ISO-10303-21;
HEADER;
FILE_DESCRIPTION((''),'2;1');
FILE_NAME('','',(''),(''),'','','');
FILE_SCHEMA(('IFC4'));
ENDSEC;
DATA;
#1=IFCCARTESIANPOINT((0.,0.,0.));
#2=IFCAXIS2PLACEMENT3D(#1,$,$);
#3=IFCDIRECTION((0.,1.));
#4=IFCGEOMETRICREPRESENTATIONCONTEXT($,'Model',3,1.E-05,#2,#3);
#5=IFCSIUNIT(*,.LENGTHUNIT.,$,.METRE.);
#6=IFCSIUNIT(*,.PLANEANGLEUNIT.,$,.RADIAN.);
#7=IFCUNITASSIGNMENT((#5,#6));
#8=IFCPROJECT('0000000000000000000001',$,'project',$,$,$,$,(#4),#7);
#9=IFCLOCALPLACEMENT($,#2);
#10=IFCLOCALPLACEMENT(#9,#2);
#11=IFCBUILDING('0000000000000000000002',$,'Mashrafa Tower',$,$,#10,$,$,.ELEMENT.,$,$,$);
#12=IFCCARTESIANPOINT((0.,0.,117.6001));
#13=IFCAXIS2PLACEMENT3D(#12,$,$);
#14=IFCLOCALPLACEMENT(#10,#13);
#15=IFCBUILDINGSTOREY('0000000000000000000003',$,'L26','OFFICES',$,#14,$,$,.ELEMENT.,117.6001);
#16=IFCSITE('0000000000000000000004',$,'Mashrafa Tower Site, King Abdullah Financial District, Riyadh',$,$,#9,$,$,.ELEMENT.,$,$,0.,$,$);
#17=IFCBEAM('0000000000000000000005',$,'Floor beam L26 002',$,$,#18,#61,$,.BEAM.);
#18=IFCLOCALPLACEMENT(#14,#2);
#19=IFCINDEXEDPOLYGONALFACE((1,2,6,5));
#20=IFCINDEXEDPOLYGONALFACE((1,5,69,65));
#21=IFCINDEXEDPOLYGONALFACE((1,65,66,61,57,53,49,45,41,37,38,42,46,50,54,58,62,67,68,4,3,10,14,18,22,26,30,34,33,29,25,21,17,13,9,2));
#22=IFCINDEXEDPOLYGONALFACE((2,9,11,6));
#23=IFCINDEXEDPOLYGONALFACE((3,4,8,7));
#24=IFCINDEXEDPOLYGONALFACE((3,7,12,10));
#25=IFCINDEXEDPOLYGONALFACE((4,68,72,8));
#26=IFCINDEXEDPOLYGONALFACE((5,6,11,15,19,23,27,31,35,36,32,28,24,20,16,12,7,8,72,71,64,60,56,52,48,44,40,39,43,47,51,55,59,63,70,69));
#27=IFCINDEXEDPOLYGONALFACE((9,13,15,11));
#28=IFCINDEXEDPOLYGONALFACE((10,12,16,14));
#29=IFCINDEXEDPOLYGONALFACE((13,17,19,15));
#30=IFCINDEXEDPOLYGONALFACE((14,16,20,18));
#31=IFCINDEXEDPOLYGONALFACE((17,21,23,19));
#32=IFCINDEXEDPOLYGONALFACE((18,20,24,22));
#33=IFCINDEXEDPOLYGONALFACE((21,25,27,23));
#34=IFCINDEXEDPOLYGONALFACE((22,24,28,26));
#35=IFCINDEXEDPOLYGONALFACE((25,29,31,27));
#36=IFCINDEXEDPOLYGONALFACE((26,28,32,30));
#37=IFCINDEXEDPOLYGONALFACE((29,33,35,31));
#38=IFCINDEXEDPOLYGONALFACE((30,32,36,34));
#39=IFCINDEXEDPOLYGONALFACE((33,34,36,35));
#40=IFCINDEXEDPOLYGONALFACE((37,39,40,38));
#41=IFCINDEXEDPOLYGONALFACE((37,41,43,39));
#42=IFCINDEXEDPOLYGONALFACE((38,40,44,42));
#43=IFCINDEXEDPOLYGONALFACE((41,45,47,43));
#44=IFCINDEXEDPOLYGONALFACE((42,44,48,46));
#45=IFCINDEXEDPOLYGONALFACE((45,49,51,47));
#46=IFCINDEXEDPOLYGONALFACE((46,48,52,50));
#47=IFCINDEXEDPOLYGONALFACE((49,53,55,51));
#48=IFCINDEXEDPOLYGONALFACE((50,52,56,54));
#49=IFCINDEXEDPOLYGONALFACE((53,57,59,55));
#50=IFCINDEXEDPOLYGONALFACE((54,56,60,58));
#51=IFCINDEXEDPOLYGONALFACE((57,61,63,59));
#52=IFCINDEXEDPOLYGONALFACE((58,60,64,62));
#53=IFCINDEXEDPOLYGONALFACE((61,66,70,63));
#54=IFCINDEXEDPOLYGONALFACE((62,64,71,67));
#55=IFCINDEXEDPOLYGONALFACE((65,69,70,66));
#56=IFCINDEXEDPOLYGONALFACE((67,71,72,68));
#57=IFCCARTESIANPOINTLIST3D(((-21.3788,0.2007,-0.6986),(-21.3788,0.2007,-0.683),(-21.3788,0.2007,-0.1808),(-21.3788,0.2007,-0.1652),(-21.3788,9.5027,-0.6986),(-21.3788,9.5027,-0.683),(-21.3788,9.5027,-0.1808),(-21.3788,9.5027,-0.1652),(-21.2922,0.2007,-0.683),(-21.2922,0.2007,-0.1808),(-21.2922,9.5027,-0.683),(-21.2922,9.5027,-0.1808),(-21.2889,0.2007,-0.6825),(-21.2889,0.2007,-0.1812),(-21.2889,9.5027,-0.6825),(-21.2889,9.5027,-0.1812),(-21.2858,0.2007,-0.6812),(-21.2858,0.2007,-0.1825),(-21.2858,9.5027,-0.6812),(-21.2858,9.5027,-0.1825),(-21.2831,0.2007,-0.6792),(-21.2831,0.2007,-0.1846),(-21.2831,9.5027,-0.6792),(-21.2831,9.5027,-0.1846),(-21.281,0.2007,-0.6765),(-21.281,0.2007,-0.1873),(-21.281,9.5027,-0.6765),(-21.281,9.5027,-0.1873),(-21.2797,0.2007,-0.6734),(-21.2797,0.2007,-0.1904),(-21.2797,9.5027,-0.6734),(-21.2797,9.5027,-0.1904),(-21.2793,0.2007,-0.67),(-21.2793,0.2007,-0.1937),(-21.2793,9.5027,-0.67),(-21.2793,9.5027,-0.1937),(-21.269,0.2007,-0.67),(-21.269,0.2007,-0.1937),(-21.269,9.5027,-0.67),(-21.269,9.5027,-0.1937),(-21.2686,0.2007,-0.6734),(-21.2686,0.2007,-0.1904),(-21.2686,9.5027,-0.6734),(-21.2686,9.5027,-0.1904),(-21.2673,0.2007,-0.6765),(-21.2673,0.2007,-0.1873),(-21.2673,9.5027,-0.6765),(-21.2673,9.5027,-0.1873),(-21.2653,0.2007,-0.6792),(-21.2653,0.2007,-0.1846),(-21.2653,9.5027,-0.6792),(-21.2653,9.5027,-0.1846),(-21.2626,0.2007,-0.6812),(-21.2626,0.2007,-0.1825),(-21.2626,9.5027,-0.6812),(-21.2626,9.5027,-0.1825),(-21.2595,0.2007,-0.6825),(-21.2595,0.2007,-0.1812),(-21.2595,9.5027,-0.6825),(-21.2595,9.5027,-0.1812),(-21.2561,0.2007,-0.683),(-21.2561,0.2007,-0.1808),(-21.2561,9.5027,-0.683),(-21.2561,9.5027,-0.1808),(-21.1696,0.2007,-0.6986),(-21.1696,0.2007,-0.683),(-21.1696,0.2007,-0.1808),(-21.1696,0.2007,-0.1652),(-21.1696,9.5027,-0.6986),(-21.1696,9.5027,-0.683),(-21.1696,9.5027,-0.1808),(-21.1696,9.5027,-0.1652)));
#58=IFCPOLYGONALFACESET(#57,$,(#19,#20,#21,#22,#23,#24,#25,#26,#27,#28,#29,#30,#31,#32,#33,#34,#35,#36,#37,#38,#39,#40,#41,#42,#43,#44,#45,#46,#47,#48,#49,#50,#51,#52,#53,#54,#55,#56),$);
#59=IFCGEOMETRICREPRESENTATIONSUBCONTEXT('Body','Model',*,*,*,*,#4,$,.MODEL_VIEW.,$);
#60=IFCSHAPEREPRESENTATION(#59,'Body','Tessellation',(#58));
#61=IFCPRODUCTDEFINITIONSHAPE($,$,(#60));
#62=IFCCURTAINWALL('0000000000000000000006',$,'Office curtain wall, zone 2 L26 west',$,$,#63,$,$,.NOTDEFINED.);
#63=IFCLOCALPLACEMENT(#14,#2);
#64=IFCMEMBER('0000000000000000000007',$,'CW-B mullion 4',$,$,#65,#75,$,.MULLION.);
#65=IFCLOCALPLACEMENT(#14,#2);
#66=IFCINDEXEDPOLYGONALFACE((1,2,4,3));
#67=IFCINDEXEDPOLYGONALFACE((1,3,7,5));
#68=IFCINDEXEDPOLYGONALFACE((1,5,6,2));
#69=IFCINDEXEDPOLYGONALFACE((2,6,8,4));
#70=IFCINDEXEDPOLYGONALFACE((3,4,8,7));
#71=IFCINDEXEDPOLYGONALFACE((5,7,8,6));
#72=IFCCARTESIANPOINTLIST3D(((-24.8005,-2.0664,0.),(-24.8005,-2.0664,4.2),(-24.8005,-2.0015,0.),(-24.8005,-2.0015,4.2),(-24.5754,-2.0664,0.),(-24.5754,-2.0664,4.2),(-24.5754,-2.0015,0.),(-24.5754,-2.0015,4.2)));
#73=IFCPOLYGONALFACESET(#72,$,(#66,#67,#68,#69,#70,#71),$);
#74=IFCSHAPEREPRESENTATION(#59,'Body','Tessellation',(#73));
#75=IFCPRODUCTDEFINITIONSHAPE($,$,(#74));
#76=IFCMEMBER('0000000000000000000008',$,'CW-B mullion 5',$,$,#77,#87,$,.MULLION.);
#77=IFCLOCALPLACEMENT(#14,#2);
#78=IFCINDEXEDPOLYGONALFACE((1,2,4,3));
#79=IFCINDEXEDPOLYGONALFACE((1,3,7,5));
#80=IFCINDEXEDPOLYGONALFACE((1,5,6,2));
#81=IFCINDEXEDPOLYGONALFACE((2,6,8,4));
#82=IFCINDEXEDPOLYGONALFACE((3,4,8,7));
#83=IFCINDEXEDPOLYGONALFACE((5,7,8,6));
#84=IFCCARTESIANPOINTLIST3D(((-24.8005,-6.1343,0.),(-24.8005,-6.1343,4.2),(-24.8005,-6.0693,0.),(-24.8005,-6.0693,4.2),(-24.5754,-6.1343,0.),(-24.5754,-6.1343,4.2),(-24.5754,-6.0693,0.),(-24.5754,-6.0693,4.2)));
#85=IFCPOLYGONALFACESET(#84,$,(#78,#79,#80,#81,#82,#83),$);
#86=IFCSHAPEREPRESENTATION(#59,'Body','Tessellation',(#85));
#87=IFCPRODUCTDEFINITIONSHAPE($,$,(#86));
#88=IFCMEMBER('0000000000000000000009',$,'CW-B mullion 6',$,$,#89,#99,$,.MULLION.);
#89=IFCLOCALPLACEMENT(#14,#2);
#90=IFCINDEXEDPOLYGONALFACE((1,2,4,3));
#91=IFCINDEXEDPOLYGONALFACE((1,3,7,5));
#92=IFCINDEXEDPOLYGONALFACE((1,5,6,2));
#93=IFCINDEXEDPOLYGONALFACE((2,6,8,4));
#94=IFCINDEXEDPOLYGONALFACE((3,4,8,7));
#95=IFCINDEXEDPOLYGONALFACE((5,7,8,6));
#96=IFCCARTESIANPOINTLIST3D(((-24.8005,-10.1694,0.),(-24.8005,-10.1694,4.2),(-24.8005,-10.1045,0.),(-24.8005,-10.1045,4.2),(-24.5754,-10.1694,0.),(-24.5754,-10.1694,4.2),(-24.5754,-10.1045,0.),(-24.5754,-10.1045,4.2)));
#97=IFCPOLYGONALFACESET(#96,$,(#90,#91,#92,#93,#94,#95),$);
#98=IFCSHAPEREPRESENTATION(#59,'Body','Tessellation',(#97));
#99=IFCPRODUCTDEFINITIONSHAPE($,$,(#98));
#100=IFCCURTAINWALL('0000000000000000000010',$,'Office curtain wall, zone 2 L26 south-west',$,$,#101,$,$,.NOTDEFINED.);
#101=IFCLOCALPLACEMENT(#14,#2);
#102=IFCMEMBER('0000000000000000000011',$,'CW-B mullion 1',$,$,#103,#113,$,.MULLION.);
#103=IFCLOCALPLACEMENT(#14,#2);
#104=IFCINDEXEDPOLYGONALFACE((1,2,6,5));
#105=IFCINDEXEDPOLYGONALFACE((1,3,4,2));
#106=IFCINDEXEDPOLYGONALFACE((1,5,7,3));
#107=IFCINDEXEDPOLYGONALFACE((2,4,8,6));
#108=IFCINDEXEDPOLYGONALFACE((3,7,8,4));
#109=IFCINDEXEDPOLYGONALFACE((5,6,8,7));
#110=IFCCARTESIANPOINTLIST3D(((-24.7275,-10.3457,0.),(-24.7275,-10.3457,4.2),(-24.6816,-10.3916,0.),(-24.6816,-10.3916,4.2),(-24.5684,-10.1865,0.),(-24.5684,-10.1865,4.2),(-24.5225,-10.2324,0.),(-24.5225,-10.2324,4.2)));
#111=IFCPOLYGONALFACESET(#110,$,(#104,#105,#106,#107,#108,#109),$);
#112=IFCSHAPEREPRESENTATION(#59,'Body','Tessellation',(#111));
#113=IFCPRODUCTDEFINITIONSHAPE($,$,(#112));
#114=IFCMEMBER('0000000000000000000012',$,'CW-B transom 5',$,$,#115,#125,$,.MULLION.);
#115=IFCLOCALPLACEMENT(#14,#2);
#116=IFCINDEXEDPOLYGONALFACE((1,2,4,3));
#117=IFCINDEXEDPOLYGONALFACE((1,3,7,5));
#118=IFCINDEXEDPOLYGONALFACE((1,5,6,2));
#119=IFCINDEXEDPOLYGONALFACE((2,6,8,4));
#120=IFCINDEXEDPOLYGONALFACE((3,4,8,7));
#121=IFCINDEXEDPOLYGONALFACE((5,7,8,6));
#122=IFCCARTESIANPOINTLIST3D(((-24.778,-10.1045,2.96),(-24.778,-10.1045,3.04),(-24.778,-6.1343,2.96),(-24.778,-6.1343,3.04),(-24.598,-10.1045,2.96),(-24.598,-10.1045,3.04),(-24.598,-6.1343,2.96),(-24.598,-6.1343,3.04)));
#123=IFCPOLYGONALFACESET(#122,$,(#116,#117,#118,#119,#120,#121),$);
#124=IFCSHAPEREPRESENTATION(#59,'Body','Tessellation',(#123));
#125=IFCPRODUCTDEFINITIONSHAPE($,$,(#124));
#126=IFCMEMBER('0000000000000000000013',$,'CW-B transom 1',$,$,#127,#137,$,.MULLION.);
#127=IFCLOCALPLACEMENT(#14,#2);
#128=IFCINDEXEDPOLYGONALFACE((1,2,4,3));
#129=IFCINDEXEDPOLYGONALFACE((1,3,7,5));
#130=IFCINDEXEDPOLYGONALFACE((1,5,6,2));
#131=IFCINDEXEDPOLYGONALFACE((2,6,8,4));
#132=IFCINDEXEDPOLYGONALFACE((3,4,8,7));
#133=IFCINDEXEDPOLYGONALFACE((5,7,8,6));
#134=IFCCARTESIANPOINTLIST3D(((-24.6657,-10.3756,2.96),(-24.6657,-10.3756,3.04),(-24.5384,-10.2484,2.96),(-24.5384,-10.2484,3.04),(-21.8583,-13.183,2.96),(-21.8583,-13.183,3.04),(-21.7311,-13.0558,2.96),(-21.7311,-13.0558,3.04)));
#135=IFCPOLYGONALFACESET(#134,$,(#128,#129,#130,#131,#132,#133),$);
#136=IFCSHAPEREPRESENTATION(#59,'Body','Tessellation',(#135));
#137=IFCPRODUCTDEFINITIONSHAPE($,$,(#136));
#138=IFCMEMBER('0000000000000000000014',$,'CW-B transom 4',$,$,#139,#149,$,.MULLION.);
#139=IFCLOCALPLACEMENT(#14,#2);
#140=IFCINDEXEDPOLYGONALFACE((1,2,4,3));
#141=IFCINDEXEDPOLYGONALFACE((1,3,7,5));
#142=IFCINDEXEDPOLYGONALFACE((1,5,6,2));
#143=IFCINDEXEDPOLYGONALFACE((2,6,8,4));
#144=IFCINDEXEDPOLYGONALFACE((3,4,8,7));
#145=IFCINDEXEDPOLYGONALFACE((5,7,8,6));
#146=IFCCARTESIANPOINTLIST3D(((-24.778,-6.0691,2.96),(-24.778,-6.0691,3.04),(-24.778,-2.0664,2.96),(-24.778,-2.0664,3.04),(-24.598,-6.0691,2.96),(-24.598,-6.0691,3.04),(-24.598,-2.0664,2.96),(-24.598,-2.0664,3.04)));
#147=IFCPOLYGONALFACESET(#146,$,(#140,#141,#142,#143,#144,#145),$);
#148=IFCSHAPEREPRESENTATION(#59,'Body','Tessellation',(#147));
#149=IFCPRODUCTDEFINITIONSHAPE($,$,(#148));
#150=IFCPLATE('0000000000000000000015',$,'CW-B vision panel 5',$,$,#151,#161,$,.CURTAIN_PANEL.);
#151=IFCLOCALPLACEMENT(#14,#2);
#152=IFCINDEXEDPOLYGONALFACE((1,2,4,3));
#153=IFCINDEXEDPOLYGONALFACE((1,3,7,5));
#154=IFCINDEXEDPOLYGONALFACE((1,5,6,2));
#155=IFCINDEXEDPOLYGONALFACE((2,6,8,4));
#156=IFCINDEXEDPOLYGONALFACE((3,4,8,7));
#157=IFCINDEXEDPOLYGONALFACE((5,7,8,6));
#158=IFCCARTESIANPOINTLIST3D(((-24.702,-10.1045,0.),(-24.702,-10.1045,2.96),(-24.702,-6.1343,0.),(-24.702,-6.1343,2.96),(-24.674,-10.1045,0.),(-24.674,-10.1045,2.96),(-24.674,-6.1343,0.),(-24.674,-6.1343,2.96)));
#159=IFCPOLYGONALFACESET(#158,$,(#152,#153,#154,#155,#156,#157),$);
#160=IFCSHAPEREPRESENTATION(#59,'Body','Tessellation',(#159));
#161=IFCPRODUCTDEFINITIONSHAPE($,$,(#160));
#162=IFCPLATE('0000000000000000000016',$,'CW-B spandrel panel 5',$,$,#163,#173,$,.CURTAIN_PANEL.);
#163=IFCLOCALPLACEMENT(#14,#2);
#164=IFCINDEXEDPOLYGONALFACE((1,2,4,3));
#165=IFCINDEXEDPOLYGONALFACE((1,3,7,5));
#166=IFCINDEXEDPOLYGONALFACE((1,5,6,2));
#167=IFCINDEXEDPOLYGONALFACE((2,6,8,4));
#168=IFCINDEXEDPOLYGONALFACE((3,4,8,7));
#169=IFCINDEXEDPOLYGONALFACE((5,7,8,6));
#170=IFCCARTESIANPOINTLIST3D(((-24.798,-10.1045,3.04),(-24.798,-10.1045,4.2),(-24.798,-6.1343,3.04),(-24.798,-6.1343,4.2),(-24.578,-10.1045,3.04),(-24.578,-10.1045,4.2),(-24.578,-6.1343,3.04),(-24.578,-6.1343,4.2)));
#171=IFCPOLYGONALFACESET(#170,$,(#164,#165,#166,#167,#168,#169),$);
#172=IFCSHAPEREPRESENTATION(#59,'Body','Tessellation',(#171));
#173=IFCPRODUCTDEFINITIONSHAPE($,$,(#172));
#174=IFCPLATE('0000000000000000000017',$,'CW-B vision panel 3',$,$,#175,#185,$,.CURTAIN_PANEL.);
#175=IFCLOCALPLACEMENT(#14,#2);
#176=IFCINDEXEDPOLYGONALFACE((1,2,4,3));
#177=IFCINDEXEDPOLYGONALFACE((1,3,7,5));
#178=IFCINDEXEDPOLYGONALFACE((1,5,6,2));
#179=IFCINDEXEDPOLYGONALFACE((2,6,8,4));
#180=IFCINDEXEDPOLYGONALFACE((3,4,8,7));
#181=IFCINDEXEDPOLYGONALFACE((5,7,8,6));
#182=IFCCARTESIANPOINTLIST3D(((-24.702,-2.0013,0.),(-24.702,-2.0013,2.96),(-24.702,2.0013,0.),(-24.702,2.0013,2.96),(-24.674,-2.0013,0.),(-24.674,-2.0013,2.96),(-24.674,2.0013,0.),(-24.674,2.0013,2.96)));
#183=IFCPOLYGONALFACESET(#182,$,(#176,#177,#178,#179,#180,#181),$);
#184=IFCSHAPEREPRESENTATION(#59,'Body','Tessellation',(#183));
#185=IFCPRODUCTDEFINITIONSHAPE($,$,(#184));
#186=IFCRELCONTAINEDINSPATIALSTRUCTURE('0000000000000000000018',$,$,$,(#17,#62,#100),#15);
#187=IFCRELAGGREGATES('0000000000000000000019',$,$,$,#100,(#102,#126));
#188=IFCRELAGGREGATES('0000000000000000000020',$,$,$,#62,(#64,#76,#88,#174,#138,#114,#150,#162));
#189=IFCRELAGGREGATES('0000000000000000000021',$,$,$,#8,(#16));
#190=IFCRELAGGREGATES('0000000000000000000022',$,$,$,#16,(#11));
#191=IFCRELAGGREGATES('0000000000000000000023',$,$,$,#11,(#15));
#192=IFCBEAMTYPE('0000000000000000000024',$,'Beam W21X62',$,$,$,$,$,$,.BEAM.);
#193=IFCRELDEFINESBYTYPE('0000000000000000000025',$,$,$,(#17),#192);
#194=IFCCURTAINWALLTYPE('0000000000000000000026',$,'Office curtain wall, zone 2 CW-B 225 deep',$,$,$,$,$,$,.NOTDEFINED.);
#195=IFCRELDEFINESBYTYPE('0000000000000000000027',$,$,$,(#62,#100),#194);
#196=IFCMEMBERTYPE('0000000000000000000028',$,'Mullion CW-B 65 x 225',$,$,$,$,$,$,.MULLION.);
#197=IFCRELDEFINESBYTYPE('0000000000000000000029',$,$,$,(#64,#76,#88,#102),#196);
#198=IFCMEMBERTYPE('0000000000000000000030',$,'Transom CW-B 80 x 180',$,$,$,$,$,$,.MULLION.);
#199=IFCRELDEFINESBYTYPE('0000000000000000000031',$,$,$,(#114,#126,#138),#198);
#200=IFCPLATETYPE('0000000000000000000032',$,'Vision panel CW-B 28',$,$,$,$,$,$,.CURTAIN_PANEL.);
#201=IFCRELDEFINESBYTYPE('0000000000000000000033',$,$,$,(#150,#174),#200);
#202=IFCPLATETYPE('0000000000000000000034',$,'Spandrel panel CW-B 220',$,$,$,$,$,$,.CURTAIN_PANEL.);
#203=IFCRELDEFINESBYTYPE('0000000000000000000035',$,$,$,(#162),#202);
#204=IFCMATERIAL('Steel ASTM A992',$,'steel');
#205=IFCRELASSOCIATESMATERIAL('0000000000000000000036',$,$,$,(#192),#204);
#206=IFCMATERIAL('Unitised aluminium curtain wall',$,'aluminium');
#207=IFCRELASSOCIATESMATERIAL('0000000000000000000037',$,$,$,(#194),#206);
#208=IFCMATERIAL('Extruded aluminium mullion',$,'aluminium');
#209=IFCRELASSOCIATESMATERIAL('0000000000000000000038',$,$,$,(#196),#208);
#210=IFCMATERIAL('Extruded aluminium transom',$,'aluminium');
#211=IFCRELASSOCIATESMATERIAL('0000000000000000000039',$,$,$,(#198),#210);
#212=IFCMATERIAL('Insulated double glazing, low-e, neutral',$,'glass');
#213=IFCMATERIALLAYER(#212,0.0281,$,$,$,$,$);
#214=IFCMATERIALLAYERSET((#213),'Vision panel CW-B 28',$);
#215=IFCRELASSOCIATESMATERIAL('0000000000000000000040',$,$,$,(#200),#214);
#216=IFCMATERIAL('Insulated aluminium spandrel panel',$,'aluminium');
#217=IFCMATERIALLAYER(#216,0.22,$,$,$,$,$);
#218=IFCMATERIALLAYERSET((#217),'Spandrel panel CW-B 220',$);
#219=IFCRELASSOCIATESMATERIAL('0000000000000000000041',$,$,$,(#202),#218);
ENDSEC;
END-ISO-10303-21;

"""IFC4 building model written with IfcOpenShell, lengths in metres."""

from ifc_helpers import new_model, si_unit, direction, frame, origin, origin_2d, place, context, subcontext, project, spatial, rectangle, i_section, extrude, source, transform, mapped, material, layer, layer_set, material_profile, profile_set, type_object, type_shapes, element, aggregate, save


model = new_model("IFC4")

# Units and contexts
model_context = context("Model", 3, precision=1e-05, world=origin(), true_north=direction((0.0, 1.0)))
body_context = subcontext(model_context, "Body", "Model", "MODEL_VIEW")
ifc_project = project(units=[si_unit("LENGTHUNIT", "METRE"), si_unit("PLANEANGLEUNIT", "RADIAN")], contexts=[model_context])

# Site, building, storey
site_placement = place(None, origin())
site = spatial("IfcSite", under=ifc_project, at=site_placement, Name="Mashrafa Tower Site, King Abdullah Financial District, Riyadh", CompositionType="ELEMENT", RefElevation=0.0)
building_placement = place(site_placement, origin())
building = spatial("IfcBuilding", under=site, at=building_placement, Name="Mashrafa Tower", CompositionType="ELEMENT")
storey_placement = place(building_placement, frame((0.0, 0.0, 117.6001)))
storey = spatial("IfcBuildingStorey", under=building, at=storey_placement, Name="L26", Description="OFFICES", CompositionType="ELEMENT", Elevation=117.6001)

# Beam
ifc_material_1 = material(Name="Steel ASTM A992", Category="steel")
ifc_material_profile_1 = material_profile(ifc_material_1, i_section(OverallWidth=0.2092, OverallDepth=0.5334, WebThickness=0.0103, FlangeThickness=0.0156, FilletRadius=0.0129, at=origin_2d()), Name="W21X62")
ifc_profile_set_1 = profile_set([ifc_material_profile_1], Name="Steel ASTM A992")
beam_type_1 = type_object("IfcBeamType", Name="Beam W21X62", PredefinedType="BEAM", material=ifc_profile_set_1)
for number, where, z_axis, x_axis, name in (
    (1, (-21.2742, 0.2007, -0.4319), (0.0, 1.0, 0.0), (-1.0, 0.0, 0.0), "Floor beam L26 002"),
):
    element("IfcBeam", number, at=place(storey_placement, frame(where, z_axis=z_axis, x_axis=x_axis)), inside=storey, type_object=beam_type_1, Name=name, PredefinedType="BEAM", context=body_context, shape_type="SweptSolid", body=[
        extrude(i_section(OverallWidth=0.2092, OverallDepth=0.5334, WebThickness=0.0103, FlangeThickness=0.0156, FilletRadius=0.0129, at=origin_2d()), origin(), (0.0, 0.0, 1.0), 9.302),
    ])

# Curtain wall, members
ifc_material_2 = material(Name="Unitised aluminium curtain wall", Category="aluminium")
curtain_wall_type = type_object("IfcCurtainWallType", Name="Office curtain wall, zone 2 CW-B 225 deep", PredefinedType="NOTDEFINED", material=ifc_material_2)
curtain_wall_1_placement = place(storey_placement, origin())
curtain_wall_1 = element("IfcCurtainWall", 2, at=curtain_wall_1_placement, inside=storey, type_object=curtain_wall_type, Name="Office curtain wall, zone 2 L26 west", PredefinedType="NOTDEFINED")
ifc_material_3 = material(Name="Extruded aluminium mullion", Category="aluminium")
ifc_material_profile_2 = material_profile(ifc_material_3, rectangle(XDim=0.2251, YDim=0.0649, at=origin_2d()), Name="Mullion 65x225")
ifc_profile_set_2 = profile_set([ifc_material_profile_2], Name="Extruded aluminium mullion")
member_type_1 = type_object("IfcMemberType", Name="Mullion CW-B 65 x 225", PredefinedType="MULLION", material=ifc_profile_set_2)
shared_shape_1 = source(origin(), body_context, "Body", "SweptSolid", [
    extrude(rectangle(XDim=0.2251, YDim=0.0649, at=origin_2d()), origin(), (0.0, 0.0, 1.0), 4.2),
])
type_shapes(member_type_1, [shared_shape_1])
member_1_placement = place(storey_placement, frame((-24.688, -2.0339, 0.0), z_axis=(0.0, 0.0, 1.0), x_axis=(1.0, 0.0, 0.0)))
member_1 = element("IfcMember", 3, at=member_1_placement, type_object=member_type_1, Name="CW-B mullion 4", PredefinedType="MULLION", context=body_context, shape_type="MappedRepresentation", body=[
    mapped(shared_shape_1, transform((0.0, 0.0, 0.0))),
])
member_2_placement = place(storey_placement, frame((-24.688, -6.1018, 0.0), z_axis=(0.0, 0.0, 1.0), x_axis=(1.0, 0.0, 0.0)))
member_2 = element("IfcMember", 4, at=member_2_placement, type_object=member_type_1, Name="CW-B mullion 5", PredefinedType="MULLION", context=body_context, shape_type="MappedRepresentation", body=[
    mapped(shared_shape_1, transform((0.0, 0.0, 0.0))),
])
member_3_placement = place(storey_placement, frame((-24.688, -10.137, 0.0), z_axis=(0.0, 0.0, 1.0), x_axis=(1.0, 0.0, 0.0)))
member_3 = element("IfcMember", 5, at=member_3_placement, type_object=member_type_1, Name="CW-B mullion 6", PredefinedType="MULLION", context=body_context, shape_type="MappedRepresentation", body=[
    mapped(shared_shape_1, transform((0.0, 0.0, 0.0))),
])

# Curtain wall, member
curtain_wall_2_placement = place(storey_placement, origin())
curtain_wall_2 = element("IfcCurtainWall", 6, at=curtain_wall_2_placement, inside=storey, type_object=curtain_wall_type, Name="Office curtain wall, zone 2 L26 south-west", PredefinedType="NOTDEFINED")
member_4_placement = place(storey_placement, frame((-24.625, -10.2891, 0.0), z_axis=(0.0, 0.0, 1.0), x_axis=(0.707107, 0.707107, 0.0)))
member_4 = element("IfcMember", 7, at=member_4_placement, type_object=member_type_1, Name="CW-B mullion 1", PredefinedType="MULLION", context=body_context, shape_type="MappedRepresentation", body=[
    mapped(shared_shape_1, transform((0.0, 0.0, 0.0))),
])

# Members
ifc_material_4 = material(Name="Extruded aluminium transom", Category="aluminium")
ifc_material_profile_3 = material_profile(ifc_material_4, rectangle(XDim=0.1799, YDim=0.0801, at=origin_2d()), Name="Transom 80x180")
ifc_profile_set_3 = profile_set([ifc_material_profile_3], Name="Extruded aluminium transom")
member_type_2 = type_object("IfcMemberType", Name="Transom CW-B 80 x 180", PredefinedType="MULLION", material=ifc_profile_set_3)
shared_shape_2 = source(origin(), body_context, "Body", "SweptSolid", [
    extrude(rectangle(XDim=0.1799, YDim=0.0801, at=origin_2d()), origin(), (0.0, 0.0, 1.0), 3.9702),
])
member_5_placement = place(storey_placement, frame((-24.688, -6.1343, 3.0), z_axis=(0.0, -1.0, 0.0), x_axis=(1.0, 0.0, 0.0)))
member_5 = element("IfcMember", 8, at=member_5_placement, type_object=member_type_2, Name="CW-B transom 5", PredefinedType="MULLION", context=body_context, shape_type="MappedRepresentation", body=[
    mapped(shared_shape_2, transform((0.0, 0.0, 0.0))),
])
member_6_placement = place(storey_placement, frame((-24.6021, -10.312, 3.0), z_axis=(0.707107, -0.707107, 0.0), x_axis=(0.707107, 0.707107, 0.0)))
member_6 = element("IfcMember", 9, at=member_6_placement, type_object=member_type_2, Name="CW-B transom 1", PredefinedType="MULLION", context=body_context, shape_type="MappedRepresentation", body=[
    mapped(shared_shape_2, transform((0.0, 0.0, 0.0))),
])
aggregate(curtain_wall_2, [member_4, member_6])
shared_shape_3 = source(origin(), body_context, "Body", "SweptSolid", [
    extrude(rectangle(XDim=0.1799, YDim=0.0801, at=origin_2d()), origin(), (0.0, 0.0, 1.0), 4.0027),
])
type_shapes(member_type_2, [shared_shape_2, shared_shape_3])
member_7_placement = place(storey_placement, frame((-24.688, -2.0664, 3.0), z_axis=(0.0, -1.0, 0.0), x_axis=(1.0, 0.0, 0.0)))
member_7 = element("IfcMember", 10, at=member_7_placement, type_object=member_type_2, Name="CW-B transom 4", PredefinedType="MULLION", context=body_context, shape_type="MappedRepresentation", body=[
    mapped(shared_shape_3, transform((0.0, 0.0, 0.0))),
])

# Plates
ifc_material_5 = material(Name="Insulated double glazing, low-e, neutral", Category="glass")
ifc_layer_1 = layer(ifc_material_5, 0.0281)
ifc_layer_set_1 = layer_set([ifc_layer_1], Name="Vision panel CW-B 28")
plate_type_1 = type_object("IfcPlateType", Name="Vision panel CW-B 28", PredefinedType="CURTAIN_PANEL", material=ifc_layer_set_1)
shared_shape_4 = source(origin(), body_context, "Body", "SweptSolid", [
    extrude(rectangle(XDim=3.9702, YDim=0.0281, at=origin_2d()), origin(), (0.0, 0.0, 1.0), 2.96),
])
plate_1_placement = place(storey_placement, frame((-24.688, -8.1194, 0.0), z_axis=(0.0, 0.0, 1.0), x_axis=(0.0, -1.0, 0.0)))
plate_1 = element("IfcPlate", 11, at=plate_1_placement, type_object=plate_type_1, Name="CW-B vision panel 5", PredefinedType="CURTAIN_PANEL", context=body_context, shape_type="MappedRepresentation", body=[
    mapped(shared_shape_4, transform((0.0, 0.0, 0.0))),
])
ifc_material_6 = material(Name="Insulated aluminium spandrel panel", Category="aluminium")
ifc_layer_2 = layer(ifc_material_6, 0.22)
ifc_layer_set_2 = layer_set([ifc_layer_2], Name="Spandrel panel CW-B 220")
plate_type_2 = type_object("IfcPlateType", Name="Spandrel panel CW-B 220", PredefinedType="CURTAIN_PANEL", material=ifc_layer_set_2)
shared_shape_5 = source(origin(), body_context, "Body", "SweptSolid", [
    extrude(rectangle(XDim=3.9702, YDim=0.22, at=origin_2d()), origin(), (0.0, 0.0, 1.0), 1.1599),
])
plate_2_placement = place(storey_placement, frame((-24.688, -8.1194, 3.04), z_axis=(0.0, 0.0, 1.0), x_axis=(0.0, -1.0, 0.0)))
plate_2 = element("IfcPlate", 12, at=plate_2_placement, type_object=plate_type_2, Name="CW-B spandrel panel 5", PredefinedType="CURTAIN_PANEL", context=body_context, shape_type="MappedRepresentation", body=[
    mapped(shared_shape_5, transform((0.0, 0.0, 0.0))),
])
shared_shape_6 = source(origin(), body_context, "Body", "SweptSolid", [
    extrude(rectangle(XDim=4.0027, YDim=0.0281, at=origin_2d()), origin(), (0.0, 0.0, 1.0), 2.96),
])
type_shapes(plate_type_1, [shared_shape_4, shared_shape_6])
plate_3_placement = place(storey_placement, frame((-24.688, 0.0, 0.0), z_axis=(0.0, 0.0, 1.0), x_axis=(0.0, -1.0, 0.0)))
plate_3 = element("IfcPlate", 13, at=plate_3_placement, type_object=plate_type_1, Name="CW-B vision panel 3", PredefinedType="CURTAIN_PANEL", context=body_context, shape_type="MappedRepresentation", body=[
    mapped(shared_shape_6, transform((0.0, 0.0, 0.0))),
])
aggregate(curtain_wall_1, [member_1, member_2, member_3, plate_3, member_7, member_5, plate_1, plate_2])

save(model, "model.ifc")
